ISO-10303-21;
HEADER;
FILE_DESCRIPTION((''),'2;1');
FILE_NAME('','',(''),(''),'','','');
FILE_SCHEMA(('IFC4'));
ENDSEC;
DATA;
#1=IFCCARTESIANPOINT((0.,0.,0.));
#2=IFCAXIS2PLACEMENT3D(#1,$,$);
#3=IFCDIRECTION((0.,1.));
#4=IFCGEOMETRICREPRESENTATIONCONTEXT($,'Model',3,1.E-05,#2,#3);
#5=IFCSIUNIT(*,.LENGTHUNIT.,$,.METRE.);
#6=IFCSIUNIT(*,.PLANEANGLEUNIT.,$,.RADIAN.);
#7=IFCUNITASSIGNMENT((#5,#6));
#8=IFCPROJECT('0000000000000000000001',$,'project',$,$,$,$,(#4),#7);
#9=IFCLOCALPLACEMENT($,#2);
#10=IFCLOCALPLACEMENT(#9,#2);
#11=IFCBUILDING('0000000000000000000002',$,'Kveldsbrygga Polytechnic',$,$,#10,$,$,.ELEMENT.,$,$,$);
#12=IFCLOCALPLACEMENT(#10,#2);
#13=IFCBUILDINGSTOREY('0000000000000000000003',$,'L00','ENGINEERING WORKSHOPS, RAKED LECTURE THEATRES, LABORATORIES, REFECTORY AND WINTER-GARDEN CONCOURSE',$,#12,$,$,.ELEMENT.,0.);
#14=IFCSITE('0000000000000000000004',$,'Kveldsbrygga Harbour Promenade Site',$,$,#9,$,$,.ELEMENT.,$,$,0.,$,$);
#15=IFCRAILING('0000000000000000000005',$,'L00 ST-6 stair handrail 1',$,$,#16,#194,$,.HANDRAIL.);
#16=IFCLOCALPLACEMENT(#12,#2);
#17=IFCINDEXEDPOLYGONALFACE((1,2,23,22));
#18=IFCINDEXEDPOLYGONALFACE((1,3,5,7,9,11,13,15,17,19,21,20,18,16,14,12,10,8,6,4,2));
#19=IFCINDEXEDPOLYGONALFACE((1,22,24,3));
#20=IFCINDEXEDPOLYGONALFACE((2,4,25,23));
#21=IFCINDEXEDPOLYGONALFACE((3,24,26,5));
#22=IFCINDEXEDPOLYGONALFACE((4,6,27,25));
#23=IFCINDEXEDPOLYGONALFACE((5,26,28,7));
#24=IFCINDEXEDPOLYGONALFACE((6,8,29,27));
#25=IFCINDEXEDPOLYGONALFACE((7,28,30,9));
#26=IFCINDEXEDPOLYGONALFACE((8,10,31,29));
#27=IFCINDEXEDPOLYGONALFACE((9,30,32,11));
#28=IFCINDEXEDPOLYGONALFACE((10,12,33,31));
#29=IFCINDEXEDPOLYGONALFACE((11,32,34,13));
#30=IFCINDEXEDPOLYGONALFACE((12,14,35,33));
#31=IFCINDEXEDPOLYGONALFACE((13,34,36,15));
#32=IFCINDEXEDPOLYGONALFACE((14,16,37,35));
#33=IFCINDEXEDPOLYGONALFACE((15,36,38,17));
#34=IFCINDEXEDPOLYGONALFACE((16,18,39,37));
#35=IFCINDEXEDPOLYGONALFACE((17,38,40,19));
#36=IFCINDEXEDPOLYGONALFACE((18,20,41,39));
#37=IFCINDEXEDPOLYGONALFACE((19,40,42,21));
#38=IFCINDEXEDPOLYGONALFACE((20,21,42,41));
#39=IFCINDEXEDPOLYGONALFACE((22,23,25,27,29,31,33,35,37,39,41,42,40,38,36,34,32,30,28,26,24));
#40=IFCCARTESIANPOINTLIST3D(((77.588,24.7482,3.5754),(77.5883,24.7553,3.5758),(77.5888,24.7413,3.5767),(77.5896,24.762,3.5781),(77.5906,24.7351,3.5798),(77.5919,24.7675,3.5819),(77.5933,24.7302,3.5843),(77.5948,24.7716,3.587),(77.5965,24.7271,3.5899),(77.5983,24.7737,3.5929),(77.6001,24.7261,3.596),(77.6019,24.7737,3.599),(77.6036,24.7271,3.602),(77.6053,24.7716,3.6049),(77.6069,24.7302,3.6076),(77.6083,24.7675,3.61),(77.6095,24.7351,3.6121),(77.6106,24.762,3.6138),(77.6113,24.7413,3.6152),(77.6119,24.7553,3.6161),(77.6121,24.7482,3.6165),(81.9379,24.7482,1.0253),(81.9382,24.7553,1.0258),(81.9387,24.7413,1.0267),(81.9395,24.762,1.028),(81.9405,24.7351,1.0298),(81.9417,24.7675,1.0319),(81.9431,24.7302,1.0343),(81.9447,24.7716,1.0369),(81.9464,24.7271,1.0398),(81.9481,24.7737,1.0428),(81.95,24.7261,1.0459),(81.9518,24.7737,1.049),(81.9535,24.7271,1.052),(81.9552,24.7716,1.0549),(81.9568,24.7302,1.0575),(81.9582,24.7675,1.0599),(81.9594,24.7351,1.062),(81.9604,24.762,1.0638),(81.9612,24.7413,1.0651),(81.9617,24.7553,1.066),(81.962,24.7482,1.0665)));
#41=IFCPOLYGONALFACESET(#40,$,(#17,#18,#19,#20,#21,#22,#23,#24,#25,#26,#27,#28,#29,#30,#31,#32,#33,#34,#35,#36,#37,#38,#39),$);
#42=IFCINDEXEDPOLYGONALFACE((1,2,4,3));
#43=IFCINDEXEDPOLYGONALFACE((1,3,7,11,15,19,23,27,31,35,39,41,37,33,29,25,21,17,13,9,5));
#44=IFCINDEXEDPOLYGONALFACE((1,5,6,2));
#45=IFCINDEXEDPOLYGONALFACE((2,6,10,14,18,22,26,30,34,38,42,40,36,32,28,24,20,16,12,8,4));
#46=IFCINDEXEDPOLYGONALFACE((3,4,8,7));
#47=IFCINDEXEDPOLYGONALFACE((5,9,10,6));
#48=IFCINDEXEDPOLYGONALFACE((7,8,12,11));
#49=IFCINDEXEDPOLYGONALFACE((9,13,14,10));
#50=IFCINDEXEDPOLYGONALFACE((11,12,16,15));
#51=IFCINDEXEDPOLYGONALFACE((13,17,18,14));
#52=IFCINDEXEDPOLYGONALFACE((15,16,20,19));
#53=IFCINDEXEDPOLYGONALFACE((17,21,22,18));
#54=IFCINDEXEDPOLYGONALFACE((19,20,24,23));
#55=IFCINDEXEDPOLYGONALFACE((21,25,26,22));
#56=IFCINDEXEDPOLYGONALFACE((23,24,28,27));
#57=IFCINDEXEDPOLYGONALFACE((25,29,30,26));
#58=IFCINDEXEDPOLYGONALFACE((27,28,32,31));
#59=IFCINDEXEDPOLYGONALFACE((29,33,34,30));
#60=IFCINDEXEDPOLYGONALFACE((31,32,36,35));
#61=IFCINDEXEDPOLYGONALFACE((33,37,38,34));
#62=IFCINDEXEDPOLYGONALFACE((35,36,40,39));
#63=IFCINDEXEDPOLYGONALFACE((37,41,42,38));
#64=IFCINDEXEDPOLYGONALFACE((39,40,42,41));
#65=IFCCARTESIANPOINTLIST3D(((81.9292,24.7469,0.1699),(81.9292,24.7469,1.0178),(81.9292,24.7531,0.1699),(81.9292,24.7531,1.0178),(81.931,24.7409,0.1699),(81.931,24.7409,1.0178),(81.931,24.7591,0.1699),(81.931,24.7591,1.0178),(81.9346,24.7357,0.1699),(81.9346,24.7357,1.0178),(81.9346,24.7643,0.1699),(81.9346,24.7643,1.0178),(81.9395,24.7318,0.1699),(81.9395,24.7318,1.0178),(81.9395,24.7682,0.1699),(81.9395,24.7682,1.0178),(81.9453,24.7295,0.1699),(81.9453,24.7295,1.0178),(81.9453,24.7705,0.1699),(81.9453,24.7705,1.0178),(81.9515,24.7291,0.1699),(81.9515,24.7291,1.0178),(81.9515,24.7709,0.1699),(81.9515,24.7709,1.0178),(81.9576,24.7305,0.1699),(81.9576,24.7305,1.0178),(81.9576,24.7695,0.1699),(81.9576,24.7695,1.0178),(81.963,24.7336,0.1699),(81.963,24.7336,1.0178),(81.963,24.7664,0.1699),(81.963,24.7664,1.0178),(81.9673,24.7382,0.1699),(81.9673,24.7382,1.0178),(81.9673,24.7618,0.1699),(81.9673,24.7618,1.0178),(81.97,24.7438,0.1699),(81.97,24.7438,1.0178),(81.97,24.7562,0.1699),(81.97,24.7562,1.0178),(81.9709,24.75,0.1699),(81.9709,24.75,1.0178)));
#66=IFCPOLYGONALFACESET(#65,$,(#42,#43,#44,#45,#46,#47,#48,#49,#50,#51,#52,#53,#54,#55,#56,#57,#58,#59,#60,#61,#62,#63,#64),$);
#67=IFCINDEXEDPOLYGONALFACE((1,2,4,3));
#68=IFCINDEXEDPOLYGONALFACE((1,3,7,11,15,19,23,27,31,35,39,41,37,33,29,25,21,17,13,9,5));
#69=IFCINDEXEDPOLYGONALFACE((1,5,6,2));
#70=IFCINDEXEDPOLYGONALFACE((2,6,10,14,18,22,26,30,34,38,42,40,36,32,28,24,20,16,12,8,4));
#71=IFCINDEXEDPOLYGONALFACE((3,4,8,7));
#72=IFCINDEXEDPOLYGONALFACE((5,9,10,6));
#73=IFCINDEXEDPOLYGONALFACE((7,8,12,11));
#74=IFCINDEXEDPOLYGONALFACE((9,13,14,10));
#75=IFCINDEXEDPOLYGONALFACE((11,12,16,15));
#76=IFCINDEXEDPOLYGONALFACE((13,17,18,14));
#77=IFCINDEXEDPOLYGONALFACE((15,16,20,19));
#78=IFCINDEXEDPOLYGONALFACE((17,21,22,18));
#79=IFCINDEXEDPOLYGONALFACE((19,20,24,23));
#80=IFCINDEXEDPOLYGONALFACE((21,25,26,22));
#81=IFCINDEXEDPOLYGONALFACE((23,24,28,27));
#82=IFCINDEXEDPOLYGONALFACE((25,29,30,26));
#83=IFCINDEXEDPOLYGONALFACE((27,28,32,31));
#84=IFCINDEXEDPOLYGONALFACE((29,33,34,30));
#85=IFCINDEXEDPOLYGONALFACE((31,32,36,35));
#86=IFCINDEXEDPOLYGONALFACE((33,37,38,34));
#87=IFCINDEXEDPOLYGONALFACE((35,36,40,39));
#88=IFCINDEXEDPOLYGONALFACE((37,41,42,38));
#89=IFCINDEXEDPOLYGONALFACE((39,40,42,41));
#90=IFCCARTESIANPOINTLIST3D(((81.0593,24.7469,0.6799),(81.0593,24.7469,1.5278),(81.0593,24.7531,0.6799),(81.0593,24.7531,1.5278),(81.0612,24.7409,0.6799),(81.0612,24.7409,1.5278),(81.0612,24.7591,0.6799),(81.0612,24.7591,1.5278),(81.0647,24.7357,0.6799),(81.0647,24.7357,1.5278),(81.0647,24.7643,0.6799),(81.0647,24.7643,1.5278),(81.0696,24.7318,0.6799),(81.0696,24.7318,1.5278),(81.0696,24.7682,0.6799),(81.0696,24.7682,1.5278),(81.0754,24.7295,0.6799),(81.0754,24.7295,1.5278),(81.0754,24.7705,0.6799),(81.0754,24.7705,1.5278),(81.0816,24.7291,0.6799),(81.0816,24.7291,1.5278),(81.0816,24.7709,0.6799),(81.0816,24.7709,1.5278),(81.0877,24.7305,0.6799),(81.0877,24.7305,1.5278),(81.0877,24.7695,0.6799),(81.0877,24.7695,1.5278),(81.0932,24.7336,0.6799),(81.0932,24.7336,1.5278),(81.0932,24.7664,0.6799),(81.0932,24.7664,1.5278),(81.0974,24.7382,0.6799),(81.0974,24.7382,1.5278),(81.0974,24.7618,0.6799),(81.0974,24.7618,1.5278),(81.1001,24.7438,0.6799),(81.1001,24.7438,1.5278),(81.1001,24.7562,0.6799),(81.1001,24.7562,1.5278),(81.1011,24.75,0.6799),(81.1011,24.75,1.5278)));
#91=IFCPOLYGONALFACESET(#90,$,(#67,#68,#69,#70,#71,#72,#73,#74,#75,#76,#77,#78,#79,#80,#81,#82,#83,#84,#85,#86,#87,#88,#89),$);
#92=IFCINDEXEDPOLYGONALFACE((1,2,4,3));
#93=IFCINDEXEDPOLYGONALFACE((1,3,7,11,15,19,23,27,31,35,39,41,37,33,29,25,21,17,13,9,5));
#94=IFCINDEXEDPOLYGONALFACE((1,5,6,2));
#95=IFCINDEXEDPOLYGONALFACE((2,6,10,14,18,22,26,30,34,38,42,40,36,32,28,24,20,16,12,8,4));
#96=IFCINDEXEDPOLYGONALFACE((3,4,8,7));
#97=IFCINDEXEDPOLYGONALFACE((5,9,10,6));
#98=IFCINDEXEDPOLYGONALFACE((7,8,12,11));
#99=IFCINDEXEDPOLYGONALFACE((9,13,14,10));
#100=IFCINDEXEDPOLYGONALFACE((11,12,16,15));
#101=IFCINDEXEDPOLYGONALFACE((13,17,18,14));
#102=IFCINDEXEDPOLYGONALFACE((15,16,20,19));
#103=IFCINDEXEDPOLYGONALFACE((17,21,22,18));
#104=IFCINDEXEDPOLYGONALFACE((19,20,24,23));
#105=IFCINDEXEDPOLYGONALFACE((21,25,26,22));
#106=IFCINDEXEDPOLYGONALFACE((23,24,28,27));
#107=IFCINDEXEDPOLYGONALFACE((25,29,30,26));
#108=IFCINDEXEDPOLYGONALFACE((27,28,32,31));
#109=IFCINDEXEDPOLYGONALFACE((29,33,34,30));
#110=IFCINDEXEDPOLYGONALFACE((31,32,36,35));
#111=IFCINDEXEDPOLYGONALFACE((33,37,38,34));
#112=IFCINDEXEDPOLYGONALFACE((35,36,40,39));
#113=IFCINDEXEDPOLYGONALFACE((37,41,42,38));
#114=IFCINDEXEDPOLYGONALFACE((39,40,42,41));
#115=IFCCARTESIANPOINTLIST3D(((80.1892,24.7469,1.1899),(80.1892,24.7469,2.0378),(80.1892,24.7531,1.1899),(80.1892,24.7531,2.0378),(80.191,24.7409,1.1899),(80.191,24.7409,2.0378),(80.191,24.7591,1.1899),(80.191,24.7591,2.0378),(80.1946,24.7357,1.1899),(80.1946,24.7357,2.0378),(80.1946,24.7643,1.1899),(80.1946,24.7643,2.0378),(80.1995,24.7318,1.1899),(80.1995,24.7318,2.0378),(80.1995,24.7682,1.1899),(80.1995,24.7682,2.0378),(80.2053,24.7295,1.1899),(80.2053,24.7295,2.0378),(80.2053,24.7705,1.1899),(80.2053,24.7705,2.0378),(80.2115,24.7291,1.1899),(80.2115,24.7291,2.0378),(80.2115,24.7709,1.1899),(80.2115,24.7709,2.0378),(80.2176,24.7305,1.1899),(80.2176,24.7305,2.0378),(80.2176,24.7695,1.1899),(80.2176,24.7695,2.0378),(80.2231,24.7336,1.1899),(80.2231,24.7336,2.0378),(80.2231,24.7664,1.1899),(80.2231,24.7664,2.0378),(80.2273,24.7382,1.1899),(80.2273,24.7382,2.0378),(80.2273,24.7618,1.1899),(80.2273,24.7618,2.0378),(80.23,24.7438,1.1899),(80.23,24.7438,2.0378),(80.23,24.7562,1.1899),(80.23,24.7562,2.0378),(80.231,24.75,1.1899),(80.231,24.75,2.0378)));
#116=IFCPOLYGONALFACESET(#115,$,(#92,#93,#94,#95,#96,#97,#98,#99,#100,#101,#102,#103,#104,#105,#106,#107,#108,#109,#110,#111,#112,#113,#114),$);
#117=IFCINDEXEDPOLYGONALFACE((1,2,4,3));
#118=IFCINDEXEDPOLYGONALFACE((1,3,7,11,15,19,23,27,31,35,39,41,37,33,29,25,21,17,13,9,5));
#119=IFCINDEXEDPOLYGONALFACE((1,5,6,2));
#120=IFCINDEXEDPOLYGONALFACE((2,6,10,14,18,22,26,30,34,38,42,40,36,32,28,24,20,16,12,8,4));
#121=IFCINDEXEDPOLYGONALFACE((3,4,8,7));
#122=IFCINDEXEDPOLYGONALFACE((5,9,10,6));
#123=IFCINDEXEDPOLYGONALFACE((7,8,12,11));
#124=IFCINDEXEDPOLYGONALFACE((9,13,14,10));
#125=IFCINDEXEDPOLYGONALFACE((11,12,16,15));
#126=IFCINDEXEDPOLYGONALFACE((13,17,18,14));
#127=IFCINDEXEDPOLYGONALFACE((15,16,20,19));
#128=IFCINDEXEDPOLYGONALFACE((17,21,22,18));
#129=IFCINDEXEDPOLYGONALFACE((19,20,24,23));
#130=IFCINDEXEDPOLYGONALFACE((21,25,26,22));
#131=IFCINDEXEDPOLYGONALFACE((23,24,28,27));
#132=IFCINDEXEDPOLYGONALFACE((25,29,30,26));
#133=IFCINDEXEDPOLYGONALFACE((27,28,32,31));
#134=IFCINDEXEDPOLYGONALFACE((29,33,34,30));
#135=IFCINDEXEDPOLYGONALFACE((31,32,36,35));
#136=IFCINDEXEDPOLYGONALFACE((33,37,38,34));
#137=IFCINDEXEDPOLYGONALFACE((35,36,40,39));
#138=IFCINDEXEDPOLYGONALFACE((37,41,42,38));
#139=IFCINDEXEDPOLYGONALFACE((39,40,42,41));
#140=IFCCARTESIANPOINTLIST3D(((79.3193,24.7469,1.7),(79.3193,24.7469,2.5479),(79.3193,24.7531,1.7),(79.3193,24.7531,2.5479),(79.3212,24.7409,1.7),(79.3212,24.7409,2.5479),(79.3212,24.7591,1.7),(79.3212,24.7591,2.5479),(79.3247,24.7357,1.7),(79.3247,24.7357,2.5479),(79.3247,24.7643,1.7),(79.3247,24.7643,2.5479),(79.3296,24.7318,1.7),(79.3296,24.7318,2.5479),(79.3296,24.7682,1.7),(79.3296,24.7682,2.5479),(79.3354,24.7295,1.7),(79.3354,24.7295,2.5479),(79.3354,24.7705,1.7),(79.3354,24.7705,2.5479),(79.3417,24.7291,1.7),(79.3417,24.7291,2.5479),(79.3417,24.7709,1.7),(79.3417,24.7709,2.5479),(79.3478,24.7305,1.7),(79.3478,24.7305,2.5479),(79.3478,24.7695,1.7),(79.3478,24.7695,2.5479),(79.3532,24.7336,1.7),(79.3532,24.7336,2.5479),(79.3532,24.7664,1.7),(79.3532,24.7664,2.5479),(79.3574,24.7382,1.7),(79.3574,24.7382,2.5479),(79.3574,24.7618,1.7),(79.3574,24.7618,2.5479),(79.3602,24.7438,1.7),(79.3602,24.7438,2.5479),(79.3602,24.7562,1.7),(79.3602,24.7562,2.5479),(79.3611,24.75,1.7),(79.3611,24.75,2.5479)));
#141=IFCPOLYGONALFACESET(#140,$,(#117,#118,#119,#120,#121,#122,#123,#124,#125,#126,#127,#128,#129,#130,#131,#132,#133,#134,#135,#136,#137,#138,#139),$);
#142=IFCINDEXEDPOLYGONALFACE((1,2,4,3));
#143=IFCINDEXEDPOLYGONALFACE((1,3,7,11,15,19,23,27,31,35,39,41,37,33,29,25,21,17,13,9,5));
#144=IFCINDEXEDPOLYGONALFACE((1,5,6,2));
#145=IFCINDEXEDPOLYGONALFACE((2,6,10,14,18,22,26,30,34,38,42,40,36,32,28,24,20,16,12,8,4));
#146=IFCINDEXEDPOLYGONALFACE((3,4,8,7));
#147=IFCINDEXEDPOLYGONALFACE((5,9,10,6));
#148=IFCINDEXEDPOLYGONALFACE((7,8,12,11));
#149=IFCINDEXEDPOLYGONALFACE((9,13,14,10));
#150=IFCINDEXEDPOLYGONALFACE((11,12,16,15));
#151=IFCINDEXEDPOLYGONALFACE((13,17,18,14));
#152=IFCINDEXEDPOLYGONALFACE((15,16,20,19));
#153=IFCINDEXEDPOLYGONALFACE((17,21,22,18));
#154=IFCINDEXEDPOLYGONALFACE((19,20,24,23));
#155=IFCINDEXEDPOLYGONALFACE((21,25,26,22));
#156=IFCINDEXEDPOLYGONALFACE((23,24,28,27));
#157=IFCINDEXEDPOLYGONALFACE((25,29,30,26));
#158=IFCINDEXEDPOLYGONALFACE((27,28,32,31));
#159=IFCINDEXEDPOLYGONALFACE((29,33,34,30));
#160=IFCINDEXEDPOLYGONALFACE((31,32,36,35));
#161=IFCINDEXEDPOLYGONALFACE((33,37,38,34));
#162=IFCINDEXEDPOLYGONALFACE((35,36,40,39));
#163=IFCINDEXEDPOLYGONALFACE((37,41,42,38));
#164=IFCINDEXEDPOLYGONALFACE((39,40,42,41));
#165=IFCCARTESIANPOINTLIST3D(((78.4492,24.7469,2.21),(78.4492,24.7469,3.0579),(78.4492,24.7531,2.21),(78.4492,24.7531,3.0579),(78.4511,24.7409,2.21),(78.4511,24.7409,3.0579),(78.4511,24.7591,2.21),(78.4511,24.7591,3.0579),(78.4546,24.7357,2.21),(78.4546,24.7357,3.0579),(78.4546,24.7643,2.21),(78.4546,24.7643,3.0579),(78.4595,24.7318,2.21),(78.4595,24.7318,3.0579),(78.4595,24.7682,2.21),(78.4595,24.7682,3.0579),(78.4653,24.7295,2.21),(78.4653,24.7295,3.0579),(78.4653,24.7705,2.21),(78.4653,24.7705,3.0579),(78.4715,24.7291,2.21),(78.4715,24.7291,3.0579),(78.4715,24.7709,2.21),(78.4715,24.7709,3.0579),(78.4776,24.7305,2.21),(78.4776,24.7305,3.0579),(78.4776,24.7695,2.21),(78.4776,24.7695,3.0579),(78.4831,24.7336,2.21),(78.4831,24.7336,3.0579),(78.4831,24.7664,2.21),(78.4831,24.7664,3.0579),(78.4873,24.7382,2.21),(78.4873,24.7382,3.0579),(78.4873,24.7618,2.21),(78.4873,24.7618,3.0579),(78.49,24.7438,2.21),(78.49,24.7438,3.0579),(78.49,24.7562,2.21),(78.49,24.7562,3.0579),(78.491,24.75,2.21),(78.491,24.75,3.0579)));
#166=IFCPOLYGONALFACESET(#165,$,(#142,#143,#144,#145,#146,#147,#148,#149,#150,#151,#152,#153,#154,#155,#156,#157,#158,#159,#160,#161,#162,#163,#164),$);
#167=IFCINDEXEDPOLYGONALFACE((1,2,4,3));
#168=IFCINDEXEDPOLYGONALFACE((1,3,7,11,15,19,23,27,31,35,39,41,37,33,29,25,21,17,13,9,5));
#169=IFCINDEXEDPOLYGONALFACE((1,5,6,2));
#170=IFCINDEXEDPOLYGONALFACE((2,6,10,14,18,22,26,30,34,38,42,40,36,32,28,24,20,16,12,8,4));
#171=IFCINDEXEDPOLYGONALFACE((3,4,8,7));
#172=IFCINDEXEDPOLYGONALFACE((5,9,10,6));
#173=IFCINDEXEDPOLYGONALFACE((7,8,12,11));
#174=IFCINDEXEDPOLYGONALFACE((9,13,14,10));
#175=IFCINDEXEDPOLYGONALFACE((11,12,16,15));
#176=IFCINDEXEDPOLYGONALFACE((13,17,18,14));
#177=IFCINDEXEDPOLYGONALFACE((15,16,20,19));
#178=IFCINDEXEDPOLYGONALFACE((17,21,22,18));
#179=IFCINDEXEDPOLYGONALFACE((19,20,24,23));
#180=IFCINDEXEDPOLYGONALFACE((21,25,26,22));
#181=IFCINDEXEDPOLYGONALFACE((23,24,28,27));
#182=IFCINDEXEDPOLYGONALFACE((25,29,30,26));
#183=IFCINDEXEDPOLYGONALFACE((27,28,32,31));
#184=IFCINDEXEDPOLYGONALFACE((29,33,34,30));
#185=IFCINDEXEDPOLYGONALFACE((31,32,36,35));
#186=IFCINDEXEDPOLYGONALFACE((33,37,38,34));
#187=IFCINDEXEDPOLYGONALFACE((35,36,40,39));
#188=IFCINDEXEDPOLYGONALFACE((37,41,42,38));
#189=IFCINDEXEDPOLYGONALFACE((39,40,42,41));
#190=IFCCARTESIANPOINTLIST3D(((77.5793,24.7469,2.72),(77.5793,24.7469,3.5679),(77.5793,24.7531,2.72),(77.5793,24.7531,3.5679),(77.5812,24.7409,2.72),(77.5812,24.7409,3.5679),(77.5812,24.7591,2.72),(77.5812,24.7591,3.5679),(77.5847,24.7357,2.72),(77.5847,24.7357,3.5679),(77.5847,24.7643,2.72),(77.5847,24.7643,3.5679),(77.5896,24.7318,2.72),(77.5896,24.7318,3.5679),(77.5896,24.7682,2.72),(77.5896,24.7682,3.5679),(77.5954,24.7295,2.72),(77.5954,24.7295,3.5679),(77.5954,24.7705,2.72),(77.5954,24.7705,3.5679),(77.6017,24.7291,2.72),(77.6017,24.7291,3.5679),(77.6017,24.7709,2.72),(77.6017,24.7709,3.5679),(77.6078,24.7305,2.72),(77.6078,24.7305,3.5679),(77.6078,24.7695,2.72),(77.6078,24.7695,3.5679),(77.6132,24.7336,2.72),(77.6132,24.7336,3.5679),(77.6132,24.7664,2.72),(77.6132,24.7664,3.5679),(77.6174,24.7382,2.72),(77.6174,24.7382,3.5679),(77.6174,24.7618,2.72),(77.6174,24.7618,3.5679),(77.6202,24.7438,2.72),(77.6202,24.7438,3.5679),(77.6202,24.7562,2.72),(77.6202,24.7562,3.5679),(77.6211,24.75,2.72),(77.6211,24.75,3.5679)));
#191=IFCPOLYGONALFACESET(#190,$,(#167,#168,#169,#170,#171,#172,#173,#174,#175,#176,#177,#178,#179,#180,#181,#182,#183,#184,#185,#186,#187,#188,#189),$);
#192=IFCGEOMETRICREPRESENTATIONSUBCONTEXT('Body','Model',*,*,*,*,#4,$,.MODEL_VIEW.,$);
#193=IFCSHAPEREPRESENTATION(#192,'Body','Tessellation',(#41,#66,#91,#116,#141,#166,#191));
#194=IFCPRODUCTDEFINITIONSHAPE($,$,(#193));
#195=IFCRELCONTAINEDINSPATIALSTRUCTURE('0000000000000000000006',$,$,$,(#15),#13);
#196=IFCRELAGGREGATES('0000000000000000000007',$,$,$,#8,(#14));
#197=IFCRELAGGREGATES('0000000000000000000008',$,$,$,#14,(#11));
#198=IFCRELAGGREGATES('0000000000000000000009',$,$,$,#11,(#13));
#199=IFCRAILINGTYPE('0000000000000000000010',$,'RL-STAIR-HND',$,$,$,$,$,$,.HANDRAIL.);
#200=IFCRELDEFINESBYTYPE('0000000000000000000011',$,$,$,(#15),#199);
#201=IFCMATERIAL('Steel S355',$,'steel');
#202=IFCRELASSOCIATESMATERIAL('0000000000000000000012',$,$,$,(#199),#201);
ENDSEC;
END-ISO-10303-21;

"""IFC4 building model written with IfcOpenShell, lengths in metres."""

from ifc_helpers import new_model, si_unit, direction, frame, origin, origin_2d, place, context, subcontext, project, spatial, circle, extrude, material, type_object, element, save


model = new_model("IFC4")

# Units and contexts
model_context = context("Model", 3, precision=1e-05, world=origin(), true_north=direction((0.0, 1.0)))
body_context = subcontext(model_context, "Body", "Model", "MODEL_VIEW")
ifc_project = project(units=[si_unit("LENGTHUNIT", "METRE"), si_unit("PLANEANGLEUNIT", "RADIAN")], contexts=[model_context])

# Site, building, storey
site_placement = place(None, origin())
site = spatial("IfcSite", under=ifc_project, at=site_placement, Name="Kveldsbrygga Harbour Promenade Site", CompositionType="ELEMENT", RefElevation=0.0)
building_placement = place(site_placement, origin())
building = spatial("IfcBuilding", under=site, at=building_placement, Name="Kveldsbrygga Polytechnic", CompositionType="ELEMENT")
storey_placement = place(building_placement, origin())
storey = spatial("IfcBuildingStorey", under=building, at=storey_placement, Name="L00", Description="ENGINEERING WORKSHOPS, RAKED LECTURE THEATRES, LABORATORIES, REFECTORY AND WINTER-GARDEN CONCOURSE", CompositionType="ELEMENT", Elevation=0.0)

# Shared definitions
ifc_material_1 = material(Name="Steel S355", Category="steel")

# Railing
railing_type = type_object("IfcRailingType", Name="RL-STAIR-HND", PredefinedType="HANDRAIL", material=ifc_material_1)
railing_placement = place(storey_placement, frame((81.95, 24.75, 0.1699)))
element("IfcRailing", 1, at=railing_placement, inside=storey, type_object=railing_type, Name="L00 ST-6 stair handrail 1", PredefinedType="HANDRAIL", context=body_context, shape_type="SweptSolid", body=[
    extrude(circle(Radius=0.0239, at=origin_2d()), frame((0.0, 0.0, 0.876), z_axis=(-0.862686, 0.0, 0.505739), x_axis=(0.0, -1.0, 0.0)), (0.0, 0.0, 1.0), 5.0422),
    extrude(circle(Radius=0.021, at=origin_2d()), origin(), (0.0, 0.0, 1.0), 0.8479),
    extrude(circle(Radius=0.021, at=origin_2d()), frame((-0.8699, 0.0, 0.51)), (0.0, 0.0, 1.0), 0.8479),
    extrude(circle(Radius=0.021, at=origin_2d()), frame((-1.74, 0.0, 1.02)), (0.0, 0.0, 1.0), 0.8479),
    extrude(circle(Radius=0.021, at=origin_2d()), frame((-2.6099, 0.0, 1.53)), (0.0, 0.0, 1.0), 0.8479),
    extrude(circle(Radius=0.021, at=origin_2d()), frame((-3.48, 0.0, 2.04)), (0.0, 0.0, 1.0), 0.8479),
    extrude(circle(Radius=0.021, at=origin_2d()), frame((-4.3499, 0.0, 2.55)), (0.0, 0.0, 1.0), 0.8479),
])

save(model, "model.ifc")
